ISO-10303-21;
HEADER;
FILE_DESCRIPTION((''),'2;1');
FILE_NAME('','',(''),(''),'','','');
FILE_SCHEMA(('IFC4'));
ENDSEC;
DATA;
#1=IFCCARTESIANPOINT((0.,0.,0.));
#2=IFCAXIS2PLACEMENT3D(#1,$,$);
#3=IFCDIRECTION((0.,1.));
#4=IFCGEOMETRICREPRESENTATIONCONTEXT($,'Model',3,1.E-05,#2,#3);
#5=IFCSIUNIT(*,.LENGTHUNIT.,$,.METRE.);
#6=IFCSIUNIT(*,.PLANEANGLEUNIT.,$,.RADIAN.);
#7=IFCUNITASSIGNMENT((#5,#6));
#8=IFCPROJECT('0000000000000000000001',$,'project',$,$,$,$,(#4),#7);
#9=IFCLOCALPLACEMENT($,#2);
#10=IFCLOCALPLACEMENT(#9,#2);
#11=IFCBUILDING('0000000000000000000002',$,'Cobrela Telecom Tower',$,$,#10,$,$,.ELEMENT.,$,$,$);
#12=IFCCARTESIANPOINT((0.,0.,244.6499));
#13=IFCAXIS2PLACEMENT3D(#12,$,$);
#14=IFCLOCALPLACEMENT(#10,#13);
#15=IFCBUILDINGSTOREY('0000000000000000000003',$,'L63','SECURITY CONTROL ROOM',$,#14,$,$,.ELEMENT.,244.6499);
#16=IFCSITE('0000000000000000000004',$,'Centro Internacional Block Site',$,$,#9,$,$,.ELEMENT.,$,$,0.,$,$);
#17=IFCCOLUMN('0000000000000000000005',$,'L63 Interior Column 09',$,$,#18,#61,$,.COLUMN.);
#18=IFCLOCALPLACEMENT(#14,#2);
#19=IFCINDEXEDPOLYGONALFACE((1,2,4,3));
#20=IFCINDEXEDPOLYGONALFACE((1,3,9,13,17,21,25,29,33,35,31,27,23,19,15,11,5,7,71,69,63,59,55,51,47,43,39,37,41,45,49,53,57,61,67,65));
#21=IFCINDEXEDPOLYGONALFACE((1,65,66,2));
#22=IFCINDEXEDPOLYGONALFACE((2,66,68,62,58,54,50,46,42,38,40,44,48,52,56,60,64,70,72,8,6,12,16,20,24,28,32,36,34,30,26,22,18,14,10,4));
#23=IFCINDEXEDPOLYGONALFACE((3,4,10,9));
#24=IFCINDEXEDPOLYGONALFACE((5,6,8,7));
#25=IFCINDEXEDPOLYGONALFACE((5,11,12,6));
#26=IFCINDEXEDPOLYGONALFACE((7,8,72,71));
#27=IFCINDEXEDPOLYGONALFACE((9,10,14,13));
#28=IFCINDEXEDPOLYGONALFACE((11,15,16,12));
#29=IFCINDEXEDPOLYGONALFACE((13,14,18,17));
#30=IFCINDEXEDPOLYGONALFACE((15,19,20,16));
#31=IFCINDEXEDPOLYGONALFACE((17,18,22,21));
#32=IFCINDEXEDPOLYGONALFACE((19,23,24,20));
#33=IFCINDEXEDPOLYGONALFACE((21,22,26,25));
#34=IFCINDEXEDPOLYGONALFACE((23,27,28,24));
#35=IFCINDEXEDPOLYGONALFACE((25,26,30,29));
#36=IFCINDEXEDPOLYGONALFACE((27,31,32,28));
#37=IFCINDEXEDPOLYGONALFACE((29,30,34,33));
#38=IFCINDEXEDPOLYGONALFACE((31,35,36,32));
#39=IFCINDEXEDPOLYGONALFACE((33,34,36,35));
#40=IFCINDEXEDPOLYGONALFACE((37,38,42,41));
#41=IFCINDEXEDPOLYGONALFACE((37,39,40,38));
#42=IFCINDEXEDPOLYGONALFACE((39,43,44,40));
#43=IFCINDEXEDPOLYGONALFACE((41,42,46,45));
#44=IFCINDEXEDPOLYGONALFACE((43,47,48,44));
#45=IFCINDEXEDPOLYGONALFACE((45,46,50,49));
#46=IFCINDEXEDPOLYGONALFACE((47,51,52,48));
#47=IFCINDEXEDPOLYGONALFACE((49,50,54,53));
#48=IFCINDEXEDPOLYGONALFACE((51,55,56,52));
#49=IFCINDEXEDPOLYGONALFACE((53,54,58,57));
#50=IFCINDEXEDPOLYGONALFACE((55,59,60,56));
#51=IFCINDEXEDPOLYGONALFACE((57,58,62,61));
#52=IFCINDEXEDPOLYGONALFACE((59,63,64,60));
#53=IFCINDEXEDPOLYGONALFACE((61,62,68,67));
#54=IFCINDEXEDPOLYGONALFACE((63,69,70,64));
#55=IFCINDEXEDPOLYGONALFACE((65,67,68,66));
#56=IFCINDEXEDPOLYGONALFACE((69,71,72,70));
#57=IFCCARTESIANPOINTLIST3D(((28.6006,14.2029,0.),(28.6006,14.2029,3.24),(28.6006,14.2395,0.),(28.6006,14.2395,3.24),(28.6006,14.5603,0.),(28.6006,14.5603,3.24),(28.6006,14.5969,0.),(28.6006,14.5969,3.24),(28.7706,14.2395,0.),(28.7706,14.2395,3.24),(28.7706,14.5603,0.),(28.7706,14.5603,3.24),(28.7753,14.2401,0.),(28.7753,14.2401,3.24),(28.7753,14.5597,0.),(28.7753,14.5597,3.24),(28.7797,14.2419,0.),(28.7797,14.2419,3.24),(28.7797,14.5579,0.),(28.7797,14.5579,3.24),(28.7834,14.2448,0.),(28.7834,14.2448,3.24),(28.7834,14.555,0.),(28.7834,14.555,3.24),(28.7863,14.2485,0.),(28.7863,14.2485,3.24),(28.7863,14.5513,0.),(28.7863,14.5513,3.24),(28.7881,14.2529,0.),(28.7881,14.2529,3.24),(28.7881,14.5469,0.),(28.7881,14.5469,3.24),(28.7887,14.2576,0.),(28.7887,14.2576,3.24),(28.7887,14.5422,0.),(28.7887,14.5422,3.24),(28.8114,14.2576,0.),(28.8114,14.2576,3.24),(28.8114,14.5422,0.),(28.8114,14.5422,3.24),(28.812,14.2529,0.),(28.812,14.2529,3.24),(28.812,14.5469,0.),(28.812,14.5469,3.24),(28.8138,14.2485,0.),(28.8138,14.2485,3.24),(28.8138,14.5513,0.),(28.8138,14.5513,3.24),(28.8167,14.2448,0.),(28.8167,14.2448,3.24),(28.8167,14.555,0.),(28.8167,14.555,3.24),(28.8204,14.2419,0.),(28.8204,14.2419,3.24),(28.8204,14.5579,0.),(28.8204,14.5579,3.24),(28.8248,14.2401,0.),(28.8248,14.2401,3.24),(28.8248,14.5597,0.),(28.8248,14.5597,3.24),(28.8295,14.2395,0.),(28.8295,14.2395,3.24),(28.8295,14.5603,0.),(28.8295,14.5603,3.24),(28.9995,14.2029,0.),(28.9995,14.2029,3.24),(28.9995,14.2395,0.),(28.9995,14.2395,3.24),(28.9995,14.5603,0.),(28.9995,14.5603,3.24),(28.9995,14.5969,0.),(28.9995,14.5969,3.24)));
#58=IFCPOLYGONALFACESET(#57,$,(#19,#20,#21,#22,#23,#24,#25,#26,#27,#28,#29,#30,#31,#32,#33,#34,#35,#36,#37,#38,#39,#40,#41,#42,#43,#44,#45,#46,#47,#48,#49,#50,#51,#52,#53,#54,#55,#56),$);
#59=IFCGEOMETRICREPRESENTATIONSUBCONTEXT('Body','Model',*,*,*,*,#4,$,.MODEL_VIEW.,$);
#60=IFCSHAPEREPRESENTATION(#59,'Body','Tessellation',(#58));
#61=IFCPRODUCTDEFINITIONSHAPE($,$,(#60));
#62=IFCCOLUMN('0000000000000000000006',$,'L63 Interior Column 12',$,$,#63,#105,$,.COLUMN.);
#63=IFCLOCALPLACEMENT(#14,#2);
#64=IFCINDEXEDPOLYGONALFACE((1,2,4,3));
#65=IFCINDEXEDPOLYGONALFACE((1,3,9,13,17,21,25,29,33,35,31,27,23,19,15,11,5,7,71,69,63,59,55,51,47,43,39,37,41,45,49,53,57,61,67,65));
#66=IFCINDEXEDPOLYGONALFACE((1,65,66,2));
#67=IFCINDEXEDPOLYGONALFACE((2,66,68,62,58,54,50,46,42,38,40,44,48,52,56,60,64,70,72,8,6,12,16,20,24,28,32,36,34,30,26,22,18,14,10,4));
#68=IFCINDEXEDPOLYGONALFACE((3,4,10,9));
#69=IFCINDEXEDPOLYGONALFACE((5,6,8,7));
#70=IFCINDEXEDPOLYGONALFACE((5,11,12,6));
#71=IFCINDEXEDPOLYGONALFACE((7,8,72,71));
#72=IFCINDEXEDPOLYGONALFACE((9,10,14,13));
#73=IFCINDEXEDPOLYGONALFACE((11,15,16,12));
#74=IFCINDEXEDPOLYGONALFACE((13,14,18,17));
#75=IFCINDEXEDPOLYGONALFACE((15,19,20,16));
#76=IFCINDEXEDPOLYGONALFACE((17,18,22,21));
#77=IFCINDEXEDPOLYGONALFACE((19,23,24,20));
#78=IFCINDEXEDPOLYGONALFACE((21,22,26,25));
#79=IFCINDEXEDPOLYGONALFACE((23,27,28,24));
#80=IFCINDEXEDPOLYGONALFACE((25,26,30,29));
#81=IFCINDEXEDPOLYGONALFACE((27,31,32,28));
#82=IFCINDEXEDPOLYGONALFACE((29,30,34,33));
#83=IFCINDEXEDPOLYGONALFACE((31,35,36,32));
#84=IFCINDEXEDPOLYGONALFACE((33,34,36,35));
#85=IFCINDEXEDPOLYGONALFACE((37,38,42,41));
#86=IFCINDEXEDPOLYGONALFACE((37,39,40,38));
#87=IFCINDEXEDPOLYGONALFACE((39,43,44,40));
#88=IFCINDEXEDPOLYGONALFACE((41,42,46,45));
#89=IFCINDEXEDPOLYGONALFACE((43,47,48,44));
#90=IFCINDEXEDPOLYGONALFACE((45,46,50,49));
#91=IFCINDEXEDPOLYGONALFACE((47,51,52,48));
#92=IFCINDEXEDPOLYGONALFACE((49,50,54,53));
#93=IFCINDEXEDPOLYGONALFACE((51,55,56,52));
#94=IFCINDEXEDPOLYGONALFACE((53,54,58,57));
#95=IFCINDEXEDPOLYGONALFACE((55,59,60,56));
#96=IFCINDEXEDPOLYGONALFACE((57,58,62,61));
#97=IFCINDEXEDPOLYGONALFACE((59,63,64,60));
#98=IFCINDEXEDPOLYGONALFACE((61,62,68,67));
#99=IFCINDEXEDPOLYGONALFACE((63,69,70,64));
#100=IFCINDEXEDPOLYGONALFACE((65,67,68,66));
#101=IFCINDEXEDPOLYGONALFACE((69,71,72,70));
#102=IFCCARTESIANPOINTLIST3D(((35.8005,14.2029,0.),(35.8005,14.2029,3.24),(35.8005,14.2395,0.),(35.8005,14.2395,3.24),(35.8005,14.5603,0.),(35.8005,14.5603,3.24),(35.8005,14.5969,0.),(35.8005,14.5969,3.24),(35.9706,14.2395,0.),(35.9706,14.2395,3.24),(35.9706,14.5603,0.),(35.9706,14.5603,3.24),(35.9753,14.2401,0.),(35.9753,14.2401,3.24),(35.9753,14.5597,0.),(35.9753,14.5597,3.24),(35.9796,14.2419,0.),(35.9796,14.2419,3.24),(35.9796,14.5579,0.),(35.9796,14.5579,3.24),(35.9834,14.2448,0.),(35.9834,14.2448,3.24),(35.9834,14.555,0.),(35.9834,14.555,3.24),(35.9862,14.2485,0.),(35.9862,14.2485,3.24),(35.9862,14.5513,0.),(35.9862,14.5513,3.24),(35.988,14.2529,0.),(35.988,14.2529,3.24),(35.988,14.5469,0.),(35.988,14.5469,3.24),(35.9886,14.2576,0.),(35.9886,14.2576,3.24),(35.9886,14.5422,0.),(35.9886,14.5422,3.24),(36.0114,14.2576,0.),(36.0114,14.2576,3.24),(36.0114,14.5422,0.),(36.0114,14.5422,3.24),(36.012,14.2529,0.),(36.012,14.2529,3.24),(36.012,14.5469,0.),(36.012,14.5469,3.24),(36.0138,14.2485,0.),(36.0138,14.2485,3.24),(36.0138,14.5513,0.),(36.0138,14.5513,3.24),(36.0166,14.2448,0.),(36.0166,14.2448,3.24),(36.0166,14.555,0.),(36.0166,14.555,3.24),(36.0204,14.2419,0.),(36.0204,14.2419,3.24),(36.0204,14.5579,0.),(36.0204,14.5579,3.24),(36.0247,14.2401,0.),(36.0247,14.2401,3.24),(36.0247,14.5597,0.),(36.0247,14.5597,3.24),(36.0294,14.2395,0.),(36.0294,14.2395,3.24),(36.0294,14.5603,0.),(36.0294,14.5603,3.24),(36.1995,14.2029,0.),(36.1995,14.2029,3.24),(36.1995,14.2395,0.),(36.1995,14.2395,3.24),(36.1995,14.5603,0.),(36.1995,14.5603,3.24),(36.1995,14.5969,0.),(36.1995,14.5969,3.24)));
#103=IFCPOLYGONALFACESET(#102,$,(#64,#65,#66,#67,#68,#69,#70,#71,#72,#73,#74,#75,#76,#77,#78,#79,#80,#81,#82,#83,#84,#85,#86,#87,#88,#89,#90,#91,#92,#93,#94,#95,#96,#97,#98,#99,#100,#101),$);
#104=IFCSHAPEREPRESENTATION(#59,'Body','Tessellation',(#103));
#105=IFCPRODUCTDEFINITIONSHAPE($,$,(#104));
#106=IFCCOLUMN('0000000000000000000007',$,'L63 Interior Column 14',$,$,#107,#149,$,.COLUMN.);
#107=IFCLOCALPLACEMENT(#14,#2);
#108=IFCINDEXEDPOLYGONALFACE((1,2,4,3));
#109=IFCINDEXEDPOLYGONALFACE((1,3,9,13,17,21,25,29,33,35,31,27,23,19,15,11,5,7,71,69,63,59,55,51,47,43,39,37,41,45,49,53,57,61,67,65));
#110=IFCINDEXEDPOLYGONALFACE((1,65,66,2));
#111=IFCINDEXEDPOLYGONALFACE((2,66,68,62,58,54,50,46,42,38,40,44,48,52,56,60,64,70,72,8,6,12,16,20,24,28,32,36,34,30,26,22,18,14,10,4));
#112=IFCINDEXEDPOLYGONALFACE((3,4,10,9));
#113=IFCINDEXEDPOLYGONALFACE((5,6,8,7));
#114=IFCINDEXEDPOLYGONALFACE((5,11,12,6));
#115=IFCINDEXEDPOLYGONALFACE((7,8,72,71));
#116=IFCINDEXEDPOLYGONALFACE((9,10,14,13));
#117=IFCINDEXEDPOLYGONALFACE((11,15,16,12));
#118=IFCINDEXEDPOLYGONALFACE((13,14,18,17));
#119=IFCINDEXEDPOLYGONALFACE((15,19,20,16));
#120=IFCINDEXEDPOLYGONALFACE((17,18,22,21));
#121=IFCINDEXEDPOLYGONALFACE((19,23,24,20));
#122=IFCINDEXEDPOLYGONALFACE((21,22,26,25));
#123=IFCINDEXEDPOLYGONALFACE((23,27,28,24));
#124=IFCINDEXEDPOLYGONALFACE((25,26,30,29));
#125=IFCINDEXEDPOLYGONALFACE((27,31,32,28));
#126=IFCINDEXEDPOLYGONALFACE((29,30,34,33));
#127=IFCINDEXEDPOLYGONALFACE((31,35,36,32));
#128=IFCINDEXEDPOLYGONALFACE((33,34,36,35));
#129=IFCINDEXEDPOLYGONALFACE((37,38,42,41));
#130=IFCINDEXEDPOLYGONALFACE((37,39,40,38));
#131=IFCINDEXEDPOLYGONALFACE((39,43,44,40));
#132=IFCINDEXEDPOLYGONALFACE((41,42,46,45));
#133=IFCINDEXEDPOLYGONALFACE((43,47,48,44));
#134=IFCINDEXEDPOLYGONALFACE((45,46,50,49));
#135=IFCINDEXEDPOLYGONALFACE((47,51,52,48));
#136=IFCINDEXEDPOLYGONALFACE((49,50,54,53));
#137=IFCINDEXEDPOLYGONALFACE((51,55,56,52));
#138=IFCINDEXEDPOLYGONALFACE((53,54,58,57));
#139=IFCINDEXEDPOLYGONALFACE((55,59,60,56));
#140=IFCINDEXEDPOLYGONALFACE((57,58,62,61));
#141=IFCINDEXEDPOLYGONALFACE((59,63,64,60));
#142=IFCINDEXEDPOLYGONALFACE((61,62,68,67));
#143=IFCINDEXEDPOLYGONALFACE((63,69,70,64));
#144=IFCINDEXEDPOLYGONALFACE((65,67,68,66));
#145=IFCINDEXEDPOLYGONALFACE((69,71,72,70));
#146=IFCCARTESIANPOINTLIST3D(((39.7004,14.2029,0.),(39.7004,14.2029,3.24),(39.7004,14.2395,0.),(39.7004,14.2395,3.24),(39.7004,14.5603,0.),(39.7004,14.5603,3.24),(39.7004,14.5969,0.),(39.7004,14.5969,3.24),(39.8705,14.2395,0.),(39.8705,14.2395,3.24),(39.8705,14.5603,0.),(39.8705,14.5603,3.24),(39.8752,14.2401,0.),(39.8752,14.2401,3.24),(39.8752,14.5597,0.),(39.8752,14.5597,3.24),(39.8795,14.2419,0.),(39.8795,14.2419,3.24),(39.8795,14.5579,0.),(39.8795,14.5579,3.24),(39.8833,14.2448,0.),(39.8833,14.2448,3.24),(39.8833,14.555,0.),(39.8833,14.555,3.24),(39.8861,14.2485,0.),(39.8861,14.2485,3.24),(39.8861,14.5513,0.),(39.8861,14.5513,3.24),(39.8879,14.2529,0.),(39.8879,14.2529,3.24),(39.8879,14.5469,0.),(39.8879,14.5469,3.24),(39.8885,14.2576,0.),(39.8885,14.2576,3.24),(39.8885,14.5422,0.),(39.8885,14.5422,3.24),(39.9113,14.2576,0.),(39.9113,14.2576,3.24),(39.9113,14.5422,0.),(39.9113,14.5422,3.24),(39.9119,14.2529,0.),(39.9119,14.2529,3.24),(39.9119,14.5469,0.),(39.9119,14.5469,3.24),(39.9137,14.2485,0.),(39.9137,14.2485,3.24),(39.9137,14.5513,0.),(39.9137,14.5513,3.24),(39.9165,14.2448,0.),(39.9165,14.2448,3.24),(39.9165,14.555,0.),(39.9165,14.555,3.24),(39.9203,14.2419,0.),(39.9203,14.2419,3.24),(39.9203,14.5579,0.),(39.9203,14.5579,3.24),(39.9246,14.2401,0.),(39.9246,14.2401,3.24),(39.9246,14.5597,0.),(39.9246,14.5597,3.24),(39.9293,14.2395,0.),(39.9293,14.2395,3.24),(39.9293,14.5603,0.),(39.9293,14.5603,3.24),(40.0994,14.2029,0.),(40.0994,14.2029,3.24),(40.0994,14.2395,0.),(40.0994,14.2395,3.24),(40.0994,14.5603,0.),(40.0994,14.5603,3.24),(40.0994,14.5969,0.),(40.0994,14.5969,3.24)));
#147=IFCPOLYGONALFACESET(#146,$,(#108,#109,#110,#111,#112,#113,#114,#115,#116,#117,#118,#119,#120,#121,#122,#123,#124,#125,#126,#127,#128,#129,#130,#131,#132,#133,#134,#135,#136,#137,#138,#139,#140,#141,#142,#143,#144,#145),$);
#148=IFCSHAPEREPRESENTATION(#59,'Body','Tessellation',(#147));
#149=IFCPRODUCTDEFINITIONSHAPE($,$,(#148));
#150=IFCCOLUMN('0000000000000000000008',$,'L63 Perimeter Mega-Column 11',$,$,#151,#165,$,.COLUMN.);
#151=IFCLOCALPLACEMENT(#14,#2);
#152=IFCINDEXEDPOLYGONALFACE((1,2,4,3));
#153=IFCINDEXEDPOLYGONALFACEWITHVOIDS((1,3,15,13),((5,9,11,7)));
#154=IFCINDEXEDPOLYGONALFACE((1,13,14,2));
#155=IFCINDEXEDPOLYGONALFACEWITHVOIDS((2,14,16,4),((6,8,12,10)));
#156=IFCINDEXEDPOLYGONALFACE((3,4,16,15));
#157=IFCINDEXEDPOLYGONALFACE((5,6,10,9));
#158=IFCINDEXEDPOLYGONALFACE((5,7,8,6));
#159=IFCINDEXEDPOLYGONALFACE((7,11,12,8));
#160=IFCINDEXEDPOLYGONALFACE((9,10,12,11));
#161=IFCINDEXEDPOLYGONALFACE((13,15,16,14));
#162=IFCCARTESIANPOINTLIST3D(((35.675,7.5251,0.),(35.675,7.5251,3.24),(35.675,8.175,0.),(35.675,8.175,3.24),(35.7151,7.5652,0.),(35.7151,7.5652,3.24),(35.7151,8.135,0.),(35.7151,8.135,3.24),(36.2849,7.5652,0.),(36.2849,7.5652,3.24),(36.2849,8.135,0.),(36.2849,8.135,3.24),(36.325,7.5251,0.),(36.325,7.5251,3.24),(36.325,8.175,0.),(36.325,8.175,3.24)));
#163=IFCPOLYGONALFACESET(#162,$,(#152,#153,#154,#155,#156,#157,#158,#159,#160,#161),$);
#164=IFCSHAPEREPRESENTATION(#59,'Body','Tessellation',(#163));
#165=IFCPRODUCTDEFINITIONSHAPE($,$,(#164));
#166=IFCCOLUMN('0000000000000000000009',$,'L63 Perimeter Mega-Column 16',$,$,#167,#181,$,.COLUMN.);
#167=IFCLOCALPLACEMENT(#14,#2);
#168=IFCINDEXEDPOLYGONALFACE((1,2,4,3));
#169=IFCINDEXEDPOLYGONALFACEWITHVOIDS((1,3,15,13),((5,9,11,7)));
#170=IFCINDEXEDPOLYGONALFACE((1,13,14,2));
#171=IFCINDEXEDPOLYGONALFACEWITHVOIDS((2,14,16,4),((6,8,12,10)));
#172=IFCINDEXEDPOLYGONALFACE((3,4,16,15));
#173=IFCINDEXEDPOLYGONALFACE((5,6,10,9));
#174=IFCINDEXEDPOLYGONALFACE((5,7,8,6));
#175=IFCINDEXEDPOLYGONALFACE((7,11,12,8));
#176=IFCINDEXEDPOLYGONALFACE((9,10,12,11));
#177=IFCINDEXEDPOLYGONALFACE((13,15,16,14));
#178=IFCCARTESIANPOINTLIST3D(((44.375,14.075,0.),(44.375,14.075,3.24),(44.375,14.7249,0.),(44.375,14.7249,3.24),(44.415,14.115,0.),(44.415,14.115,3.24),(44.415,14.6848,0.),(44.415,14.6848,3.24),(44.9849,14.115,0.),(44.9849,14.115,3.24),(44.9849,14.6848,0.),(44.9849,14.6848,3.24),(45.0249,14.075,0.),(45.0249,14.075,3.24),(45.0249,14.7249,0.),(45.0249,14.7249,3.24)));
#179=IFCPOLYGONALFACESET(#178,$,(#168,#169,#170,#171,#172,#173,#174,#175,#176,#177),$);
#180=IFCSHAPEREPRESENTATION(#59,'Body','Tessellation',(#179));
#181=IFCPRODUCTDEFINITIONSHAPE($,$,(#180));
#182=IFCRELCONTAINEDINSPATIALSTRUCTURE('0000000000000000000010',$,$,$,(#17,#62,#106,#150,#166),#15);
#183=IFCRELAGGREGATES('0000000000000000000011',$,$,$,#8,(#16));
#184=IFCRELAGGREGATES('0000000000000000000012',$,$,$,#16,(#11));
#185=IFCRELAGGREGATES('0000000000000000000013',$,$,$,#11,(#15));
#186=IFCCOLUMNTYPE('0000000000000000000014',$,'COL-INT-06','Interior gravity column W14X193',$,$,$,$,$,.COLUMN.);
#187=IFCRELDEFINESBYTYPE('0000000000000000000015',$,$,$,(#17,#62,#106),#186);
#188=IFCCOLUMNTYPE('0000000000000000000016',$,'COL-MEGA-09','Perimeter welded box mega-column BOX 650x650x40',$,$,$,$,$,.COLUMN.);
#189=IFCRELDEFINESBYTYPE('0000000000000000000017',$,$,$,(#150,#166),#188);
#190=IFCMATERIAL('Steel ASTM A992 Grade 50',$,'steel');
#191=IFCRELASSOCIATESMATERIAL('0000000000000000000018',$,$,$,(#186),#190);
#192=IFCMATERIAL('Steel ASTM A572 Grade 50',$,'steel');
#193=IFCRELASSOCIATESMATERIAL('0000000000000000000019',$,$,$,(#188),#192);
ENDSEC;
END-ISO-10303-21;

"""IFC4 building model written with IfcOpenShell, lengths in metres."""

from ifc_helpers import new_model, si_unit, direction, frame, origin, origin_2d, place, context, subcontext, project, spatial, hollow_rectangle, i_section, extrude, material, material_profile, profile_set, type_object, element, save


model = new_model("IFC4")

# Units and contexts
model_context = context("Model", 3, precision=1e-05, world=origin(), true_north=direction((0.0, 1.0)))
body_context = subcontext(model_context, "Body", "Model", "MODEL_VIEW")
ifc_project = project(units=[si_unit("LENGTHUNIT", "METRE"), si_unit("PLANEANGLEUNIT", "RADIAN")], contexts=[model_context])

# Site, building, storey
site_placement = place(None, origin())
site = spatial("IfcSite", under=ifc_project, at=site_placement, Name="Centro Internacional Block Site", CompositionType="ELEMENT", RefElevation=0.0)
building_placement = place(site_placement, origin())
building = spatial("IfcBuilding", under=site, at=building_placement, Name="Cobrela Telecom Tower", CompositionType="ELEMENT")
storey_placement = place(building_placement, frame((0.0, 0.0, 244.6499)))
storey = spatial("IfcBuildingStorey", under=building, at=storey_placement, Name="L63", Description="SECURITY CONTROL ROOM", CompositionType="ELEMENT", Elevation=244.6499)

# Columns
ifc_material_1 = material(Name="Steel ASTM A992 Grade 50", Category="steel")
ifc_material_profile_1 = material_profile(ifc_material_1, i_section(OverallWidth=0.3989, OverallDepth=0.394, WebThickness=0.0227, FlangeThickness=0.0366, FilletRadius=0.0181, at=origin_2d()), Name="W14X193")
ifc_profile_set_1 = profile_set([ifc_material_profile_1], Name="Steel ASTM A992 Grade 50")
column_type_1 = type_object("IfcColumnType", Name="COL-INT-06", Description="Interior gravity column W14X193", PredefinedType="COLUMN", material=ifc_profile_set_1)
for number, where, z_axis, x_axis, name in (
    (1, (28.8, 14.3999, 0.0), (0.0, 0.0, 1.0), (1.0, 0.0, 0.0), "L63 Interior Column 09"),
    (2, (36.0, 14.3999, 0.0), (0.0, 0.0, 1.0), (1.0, 0.0, 0.0), "L63 Interior Column 12"),
    (3, (39.8999, 14.3999, 0.0), (0.0, 0.0, 1.0), (1.0, 0.0, 0.0), "L63 Interior Column 14"),
):
    element("IfcColumn", number, at=place(storey_placement, frame(where, z_axis=z_axis, x_axis=x_axis)), inside=storey, type_object=column_type_1, Name=name, PredefinedType="COLUMN", context=body_context, shape_type="SweptSolid", body=[
        extrude(i_section(OverallWidth=0.3989, OverallDepth=0.394, WebThickness=0.0227, FlangeThickness=0.0366, FilletRadius=0.0181, at=origin_2d()), origin(), (0.0, 0.0, 1.0), 3.24),
    ])
ifc_material_2 = material(Name="Steel ASTM A572 Grade 50", Category="steel")
ifc_material_profile_2 = material_profile(ifc_material_2, hollow_rectangle(XDim=0.6499, YDim=0.6499, WallThickness=0.04, at=origin_2d()), Name="BOX 650x650x40")
ifc_profile_set_2 = profile_set([ifc_material_profile_2], Name="Steel ASTM A572 Grade 50")
column_type_2 = type_object("IfcColumnType", Name="COL-MEGA-09", Description="Perimeter welded box mega-column BOX 650x650x40", PredefinedType="COLUMN", material=ifc_profile_set_2)
for number, where, z_axis, x_axis, name in (
    (4, (36.0, 7.8501, 0.0), (0.0, 0.0, 1.0), (1.0, 0.0, 0.0), "L63 Perimeter Mega-Column 11"),
    (5, (44.7, 14.3999, 0.0), (0.0, 0.0, 1.0), (1.0, 0.0, 0.0), "L63 Perimeter Mega-Column 16"),
):
    element("IfcColumn", number, at=place(storey_placement, frame(where, z_axis=z_axis, x_axis=x_axis)), inside=storey, type_object=column_type_2, Name=name, PredefinedType="COLUMN", context=body_context, shape_type="SweptSolid", body=[
        extrude(hollow_rectangle(XDim=0.6499, YDim=0.6499, WallThickness=0.04, at=origin_2d()), origin(), (0.0, 0.0, 1.0), 3.24),
    ])

save(model, "model.ifc")
